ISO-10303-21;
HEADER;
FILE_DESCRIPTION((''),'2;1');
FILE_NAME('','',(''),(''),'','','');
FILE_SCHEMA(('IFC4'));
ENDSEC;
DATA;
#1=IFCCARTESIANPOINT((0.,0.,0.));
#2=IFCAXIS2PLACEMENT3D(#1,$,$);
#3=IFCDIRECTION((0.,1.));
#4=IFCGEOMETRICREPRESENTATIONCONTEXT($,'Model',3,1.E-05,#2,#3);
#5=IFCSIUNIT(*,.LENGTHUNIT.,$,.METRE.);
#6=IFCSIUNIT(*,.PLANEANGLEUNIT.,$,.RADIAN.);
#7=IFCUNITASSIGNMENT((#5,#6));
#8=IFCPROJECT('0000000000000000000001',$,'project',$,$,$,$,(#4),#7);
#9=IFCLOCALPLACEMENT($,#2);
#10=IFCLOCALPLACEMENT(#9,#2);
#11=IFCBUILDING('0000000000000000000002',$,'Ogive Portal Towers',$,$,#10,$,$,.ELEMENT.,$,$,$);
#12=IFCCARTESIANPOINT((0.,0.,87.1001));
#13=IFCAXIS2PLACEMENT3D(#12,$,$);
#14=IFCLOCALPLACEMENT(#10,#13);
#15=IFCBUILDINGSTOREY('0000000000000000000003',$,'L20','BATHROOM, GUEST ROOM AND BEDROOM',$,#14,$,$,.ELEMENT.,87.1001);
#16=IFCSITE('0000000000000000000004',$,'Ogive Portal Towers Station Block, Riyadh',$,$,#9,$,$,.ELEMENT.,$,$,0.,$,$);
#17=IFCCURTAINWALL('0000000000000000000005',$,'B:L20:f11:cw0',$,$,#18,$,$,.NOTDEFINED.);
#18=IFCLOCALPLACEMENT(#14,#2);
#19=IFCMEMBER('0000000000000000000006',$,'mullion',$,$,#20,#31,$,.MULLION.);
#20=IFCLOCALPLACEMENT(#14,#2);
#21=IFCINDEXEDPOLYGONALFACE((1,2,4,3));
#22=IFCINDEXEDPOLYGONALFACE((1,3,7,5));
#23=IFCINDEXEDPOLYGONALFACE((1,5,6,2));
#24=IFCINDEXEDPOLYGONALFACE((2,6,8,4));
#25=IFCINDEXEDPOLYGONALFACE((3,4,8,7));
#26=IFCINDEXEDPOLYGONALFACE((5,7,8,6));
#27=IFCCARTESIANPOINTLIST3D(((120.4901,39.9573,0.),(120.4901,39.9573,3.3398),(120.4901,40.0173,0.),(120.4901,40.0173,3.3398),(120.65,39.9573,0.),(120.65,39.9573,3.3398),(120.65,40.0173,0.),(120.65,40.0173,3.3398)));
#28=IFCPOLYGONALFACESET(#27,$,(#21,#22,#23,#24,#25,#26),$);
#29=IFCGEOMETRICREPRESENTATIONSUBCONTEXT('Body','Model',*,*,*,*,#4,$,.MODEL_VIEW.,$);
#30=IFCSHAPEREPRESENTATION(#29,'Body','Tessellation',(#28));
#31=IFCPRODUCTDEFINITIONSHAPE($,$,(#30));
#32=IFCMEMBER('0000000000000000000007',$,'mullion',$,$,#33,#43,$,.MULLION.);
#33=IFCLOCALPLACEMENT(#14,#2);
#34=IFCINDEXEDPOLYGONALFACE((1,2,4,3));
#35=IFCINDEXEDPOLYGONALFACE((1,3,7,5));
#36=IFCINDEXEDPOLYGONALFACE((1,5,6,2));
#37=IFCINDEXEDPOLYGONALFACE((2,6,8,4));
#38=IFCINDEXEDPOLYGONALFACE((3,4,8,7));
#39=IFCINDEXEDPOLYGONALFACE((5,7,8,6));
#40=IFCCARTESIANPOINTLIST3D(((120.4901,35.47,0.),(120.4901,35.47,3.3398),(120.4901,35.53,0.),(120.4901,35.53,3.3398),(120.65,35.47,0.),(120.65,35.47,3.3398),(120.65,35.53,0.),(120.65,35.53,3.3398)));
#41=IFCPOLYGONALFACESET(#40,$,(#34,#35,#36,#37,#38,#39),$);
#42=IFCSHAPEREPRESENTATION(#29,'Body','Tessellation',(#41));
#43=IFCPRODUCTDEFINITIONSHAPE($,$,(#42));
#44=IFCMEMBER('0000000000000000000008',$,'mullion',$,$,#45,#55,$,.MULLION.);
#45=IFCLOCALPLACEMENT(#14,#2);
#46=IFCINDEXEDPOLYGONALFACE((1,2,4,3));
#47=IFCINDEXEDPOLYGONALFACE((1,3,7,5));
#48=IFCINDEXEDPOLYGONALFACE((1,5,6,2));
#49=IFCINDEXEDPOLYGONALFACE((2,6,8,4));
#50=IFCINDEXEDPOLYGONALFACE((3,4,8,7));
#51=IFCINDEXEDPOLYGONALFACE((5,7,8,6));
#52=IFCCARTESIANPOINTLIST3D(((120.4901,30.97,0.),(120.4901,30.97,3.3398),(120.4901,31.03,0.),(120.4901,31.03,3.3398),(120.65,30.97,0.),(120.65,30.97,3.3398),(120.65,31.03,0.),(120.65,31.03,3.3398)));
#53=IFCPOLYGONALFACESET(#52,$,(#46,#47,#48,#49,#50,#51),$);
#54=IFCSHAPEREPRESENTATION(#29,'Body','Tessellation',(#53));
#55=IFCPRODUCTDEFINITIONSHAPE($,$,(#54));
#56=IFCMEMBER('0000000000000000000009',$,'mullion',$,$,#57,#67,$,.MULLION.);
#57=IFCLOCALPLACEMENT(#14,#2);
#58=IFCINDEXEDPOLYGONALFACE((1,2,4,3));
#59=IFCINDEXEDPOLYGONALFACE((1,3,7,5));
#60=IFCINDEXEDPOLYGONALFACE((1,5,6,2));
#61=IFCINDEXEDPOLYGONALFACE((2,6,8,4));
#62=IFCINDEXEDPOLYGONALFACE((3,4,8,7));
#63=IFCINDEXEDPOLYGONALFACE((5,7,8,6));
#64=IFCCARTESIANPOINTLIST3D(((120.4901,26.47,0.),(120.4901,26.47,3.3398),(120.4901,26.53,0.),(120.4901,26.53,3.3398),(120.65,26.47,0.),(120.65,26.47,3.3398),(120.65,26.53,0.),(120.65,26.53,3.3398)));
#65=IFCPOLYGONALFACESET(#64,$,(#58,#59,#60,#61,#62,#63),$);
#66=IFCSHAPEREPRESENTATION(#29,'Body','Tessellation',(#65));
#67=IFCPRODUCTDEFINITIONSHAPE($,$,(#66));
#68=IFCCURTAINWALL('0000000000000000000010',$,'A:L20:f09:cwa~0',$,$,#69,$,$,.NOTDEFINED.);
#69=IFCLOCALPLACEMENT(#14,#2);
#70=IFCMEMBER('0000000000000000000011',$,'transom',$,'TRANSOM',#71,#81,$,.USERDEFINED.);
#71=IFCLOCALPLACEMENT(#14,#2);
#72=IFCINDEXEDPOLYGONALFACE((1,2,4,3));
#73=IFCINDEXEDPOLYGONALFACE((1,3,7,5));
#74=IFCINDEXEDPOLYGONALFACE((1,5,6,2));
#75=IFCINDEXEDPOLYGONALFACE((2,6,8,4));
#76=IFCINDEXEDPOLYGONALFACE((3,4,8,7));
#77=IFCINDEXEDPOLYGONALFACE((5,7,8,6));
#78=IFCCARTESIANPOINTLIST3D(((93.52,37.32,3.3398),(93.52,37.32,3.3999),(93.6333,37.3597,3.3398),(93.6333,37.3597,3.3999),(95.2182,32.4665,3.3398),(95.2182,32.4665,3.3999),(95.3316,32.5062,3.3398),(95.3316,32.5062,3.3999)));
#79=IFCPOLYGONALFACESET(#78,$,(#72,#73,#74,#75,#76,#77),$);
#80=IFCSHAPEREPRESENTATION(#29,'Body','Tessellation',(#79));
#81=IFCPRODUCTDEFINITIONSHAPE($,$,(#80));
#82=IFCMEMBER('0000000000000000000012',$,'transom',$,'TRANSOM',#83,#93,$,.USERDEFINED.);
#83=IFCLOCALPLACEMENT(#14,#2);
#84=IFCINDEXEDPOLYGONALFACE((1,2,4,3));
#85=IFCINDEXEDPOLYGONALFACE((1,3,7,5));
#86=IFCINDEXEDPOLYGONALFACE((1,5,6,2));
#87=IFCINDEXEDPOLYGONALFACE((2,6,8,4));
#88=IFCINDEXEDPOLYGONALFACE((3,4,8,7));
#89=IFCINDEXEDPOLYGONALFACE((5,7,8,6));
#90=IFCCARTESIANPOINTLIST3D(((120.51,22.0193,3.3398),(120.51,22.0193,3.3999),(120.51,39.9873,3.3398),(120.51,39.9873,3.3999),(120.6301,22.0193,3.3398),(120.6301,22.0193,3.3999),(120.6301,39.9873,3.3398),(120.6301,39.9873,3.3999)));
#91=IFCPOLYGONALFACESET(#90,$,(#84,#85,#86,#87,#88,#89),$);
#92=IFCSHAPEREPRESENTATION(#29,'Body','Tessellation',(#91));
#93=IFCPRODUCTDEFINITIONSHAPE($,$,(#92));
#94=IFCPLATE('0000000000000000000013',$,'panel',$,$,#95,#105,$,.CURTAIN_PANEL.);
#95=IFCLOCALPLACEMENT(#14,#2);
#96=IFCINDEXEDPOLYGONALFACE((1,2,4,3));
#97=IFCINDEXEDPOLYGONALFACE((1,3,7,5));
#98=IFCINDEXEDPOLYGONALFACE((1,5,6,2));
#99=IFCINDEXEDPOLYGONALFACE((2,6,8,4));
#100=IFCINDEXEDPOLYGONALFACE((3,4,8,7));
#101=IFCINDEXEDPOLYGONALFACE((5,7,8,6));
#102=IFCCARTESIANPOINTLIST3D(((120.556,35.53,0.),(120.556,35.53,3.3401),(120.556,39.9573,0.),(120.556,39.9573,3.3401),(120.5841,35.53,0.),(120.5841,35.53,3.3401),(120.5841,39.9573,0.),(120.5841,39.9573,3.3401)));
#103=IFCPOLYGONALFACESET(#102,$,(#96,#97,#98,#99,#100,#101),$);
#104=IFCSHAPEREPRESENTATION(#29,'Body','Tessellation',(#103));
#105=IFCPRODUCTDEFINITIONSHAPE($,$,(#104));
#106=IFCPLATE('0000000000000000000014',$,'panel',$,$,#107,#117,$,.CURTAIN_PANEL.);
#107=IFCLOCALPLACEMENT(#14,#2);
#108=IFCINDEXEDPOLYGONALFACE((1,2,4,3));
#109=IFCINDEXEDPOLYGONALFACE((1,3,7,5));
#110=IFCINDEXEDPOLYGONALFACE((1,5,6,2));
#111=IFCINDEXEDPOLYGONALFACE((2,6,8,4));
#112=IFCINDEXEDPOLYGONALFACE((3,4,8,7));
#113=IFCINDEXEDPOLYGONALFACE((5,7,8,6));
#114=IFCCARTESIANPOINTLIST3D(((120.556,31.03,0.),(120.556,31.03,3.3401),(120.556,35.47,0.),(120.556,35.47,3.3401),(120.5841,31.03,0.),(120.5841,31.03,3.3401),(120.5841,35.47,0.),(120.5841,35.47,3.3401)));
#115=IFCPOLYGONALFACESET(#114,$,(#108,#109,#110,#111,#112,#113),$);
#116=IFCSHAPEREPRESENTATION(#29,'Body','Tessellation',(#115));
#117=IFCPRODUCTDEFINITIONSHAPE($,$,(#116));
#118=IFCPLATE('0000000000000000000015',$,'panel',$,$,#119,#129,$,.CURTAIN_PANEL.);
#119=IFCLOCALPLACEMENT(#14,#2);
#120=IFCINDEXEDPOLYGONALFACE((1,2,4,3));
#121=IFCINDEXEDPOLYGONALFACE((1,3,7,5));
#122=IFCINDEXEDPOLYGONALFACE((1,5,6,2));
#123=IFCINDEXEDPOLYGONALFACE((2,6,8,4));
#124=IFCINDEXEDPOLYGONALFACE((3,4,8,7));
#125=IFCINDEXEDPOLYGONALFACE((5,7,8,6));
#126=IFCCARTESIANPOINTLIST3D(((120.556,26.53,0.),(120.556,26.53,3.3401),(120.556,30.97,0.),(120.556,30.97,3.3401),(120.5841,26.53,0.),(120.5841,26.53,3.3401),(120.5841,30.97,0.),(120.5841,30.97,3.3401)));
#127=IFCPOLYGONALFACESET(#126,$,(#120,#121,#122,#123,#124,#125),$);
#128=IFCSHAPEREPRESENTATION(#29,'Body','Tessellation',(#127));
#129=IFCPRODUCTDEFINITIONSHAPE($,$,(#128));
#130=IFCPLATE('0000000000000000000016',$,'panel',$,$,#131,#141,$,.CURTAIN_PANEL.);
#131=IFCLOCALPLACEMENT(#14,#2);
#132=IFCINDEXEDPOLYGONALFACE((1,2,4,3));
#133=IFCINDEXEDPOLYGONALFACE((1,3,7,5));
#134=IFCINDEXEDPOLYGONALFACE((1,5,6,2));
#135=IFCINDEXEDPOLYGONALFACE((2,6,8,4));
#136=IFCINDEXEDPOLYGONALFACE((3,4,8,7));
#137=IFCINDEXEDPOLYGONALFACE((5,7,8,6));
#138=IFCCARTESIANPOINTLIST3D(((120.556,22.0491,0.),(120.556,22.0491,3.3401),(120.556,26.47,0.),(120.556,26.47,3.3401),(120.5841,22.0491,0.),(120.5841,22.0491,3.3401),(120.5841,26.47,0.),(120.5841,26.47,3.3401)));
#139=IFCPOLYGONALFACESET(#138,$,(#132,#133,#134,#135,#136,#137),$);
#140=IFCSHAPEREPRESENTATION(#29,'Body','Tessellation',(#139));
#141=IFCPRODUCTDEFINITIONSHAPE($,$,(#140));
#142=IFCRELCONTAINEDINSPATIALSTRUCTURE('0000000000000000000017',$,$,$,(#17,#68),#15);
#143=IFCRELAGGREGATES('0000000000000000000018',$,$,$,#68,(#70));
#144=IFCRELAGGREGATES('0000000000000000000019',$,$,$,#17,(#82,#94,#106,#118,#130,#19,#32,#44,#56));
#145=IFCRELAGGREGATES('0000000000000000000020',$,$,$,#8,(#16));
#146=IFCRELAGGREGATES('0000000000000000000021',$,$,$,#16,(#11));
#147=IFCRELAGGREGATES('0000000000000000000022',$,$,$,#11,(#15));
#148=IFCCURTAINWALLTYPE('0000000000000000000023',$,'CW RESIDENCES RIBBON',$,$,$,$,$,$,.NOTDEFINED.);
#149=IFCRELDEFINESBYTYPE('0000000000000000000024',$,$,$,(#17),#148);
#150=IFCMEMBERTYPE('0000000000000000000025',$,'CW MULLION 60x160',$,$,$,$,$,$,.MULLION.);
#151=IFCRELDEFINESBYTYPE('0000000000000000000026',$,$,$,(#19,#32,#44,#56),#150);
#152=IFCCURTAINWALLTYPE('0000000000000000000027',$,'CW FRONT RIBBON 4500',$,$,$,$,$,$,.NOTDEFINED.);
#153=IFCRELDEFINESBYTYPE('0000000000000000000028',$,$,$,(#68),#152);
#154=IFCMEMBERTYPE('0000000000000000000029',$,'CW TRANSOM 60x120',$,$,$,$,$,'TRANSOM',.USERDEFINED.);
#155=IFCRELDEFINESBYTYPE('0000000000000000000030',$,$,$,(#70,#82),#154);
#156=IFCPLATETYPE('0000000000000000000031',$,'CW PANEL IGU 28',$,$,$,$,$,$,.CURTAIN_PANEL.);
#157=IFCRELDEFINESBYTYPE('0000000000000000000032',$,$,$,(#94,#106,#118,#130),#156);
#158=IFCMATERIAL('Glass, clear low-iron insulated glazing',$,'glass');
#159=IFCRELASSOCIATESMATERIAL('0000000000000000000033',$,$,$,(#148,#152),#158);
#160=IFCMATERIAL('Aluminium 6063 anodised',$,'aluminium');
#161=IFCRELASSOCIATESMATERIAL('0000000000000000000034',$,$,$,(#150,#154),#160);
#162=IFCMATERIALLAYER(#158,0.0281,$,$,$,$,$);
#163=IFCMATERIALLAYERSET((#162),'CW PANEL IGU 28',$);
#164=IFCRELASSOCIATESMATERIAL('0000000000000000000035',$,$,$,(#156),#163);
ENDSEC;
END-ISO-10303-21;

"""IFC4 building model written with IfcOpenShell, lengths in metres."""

from ifc_helpers import new_model, si_unit, direction, frame, origin, origin_2d, place, context, subcontext, project, spatial, rectangle, extrude, material, layer, layer_set, material_profile, profile_set, type_object, element, aggregate, save


model = new_model("IFC4")

# Units and contexts
model_context = context("Model", 3, precision=1e-05, world=origin(), true_north=direction((0.0, 1.0)))
body_context = subcontext(model_context, "Body", "Model", "MODEL_VIEW")
ifc_project = project(units=[si_unit("LENGTHUNIT", "METRE"), si_unit("PLANEANGLEUNIT", "RADIAN")], contexts=[model_context])

# Site, building, storey
site_placement = place(None, origin())
site = spatial("IfcSite", under=ifc_project, at=site_placement, Name="Ogive Portal Towers Station Block, Riyadh", CompositionType="ELEMENT", RefElevation=0.0)
building_placement = place(site_placement, origin())
building = spatial("IfcBuilding", under=site, at=building_placement, Name="Ogive Portal Towers", CompositionType="ELEMENT")
storey_placement = place(building_placement, frame((0.0, 0.0, 87.1001)))
storey = spatial("IfcBuildingStorey", under=building, at=storey_placement, Name="L20", Description="BATHROOM, GUEST ROOM AND BEDROOM", CompositionType="ELEMENT", Elevation=87.1001)

# Curtain wall, members
ifc_material_1 = material(Name="Glass, clear low-iron insulated glazing", Category="glass")
curtain_wall_type_1 = type_object("IfcCurtainWallType", Name="CW RESIDENCES RIBBON", PredefinedType="NOTDEFINED", material=ifc_material_1)
curtain_wall_1_placement = place(storey_placement, origin())
curtain_wall_1 = element("IfcCurtainWall", 1, at=curtain_wall_1_placement, inside=storey, type_object=curtain_wall_type_1, Name="B:L20:f11:cw0", PredefinedType="NOTDEFINED")
ifc_material_2 = material(Name="Aluminium 6063 anodised", Category="aluminium")
ifc_material_profile_1 = material_profile(ifc_material_2, rectangle(XDim=0.1599, YDim=0.0601, at=origin_2d()), Name="AL 60x160")
ifc_profile_set_1 = profile_set([ifc_material_profile_1], Name="Aluminium 6063 anodised")
member_type_1 = type_object("IfcMemberType", Name="CW MULLION 60x160", PredefinedType="MULLION", material=ifc_profile_set_1)
member_1_placement = place(storey_placement, frame((120.5701, 39.9873, 0.0), z_axis=(0.0, 0.0, 1.0), x_axis=(1.0, 0.0, 0.0)))
member_1 = element("IfcMember", 2, at=member_1_placement, type_object=member_type_1, Name="mullion", PredefinedType="MULLION", context=body_context, shape_type="SweptSolid", body=[
    extrude(rectangle(XDim=0.1599, YDim=0.0601, at=origin_2d()), origin(), (0.0, 0.0, 1.0), 3.3398),
])
member_2_placement = place(storey_placement, frame((120.5701, 35.5, 0.0), z_axis=(0.0, 0.0, 1.0), x_axis=(1.0, 0.0, 0.0)))
member_2 = element("IfcMember", 3, at=member_2_placement, type_object=member_type_1, Name="mullion", PredefinedType="MULLION", context=body_context, shape_type="SweptSolid", body=[
    extrude(rectangle(XDim=0.1599, YDim=0.0601, at=origin_2d()), origin(), (0.0, 0.0, 1.0), 3.3398),
])
member_3_placement = place(storey_placement, frame((120.5701, 31.0, 0.0), z_axis=(0.0, 0.0, 1.0), x_axis=(1.0, 0.0, 0.0)))
member_3 = element("IfcMember", 4, at=member_3_placement, type_object=member_type_1, Name="mullion", PredefinedType="MULLION", context=body_context, shape_type="SweptSolid", body=[
    extrude(rectangle(XDim=0.1599, YDim=0.0601, at=origin_2d()), origin(), (0.0, 0.0, 1.0), 3.3398),
])
member_4_placement = place(storey_placement, frame((120.5701, 26.5, 0.0), z_axis=(0.0, 0.0, 1.0), x_axis=(1.0, 0.0, 0.0)))
member_4 = element("IfcMember", 5, at=member_4_placement, type_object=member_type_1, Name="mullion", PredefinedType="MULLION", context=body_context, shape_type="SweptSolid", body=[
    extrude(rectangle(XDim=0.1599, YDim=0.0601, at=origin_2d()), origin(), (0.0, 0.0, 1.0), 3.3398),
])

# Curtain wall, member
curtain_wall_type_2 = type_object("IfcCurtainWallType", Name="CW FRONT RIBBON 4500", PredefinedType="NOTDEFINED", material=ifc_material_1)
curtain_wall_2_placement = place(storey_placement, origin())
curtain_wall_2 = element("IfcCurtainWall", 6, at=curtain_wall_2_placement, inside=storey, type_object=curtain_wall_type_2, Name="A:L20:f09:cwa~0", PredefinedType="NOTDEFINED")
ifc_material_profile_2 = material_profile(ifc_material_2, rectangle(XDim=0.1201, YDim=0.0601, at=origin_2d()), Name="AL 120x60")
ifc_profile_set_2 = profile_set([ifc_material_profile_2], Name="Aluminium 6063 anodised")
member_type_2 = type_object("IfcMemberType", Name="CW TRANSOM 60x120", ElementType="TRANSOM", PredefinedType="USERDEFINED", material=ifc_profile_set_2)
member_5_placement = place(storey_placement, frame((95.2749, 32.4863, 3.3699), z_axis=(-0.330266, 0.943888, 0.0), x_axis=(-0.943888, -0.330266, 0.0)))
member_5 = element("IfcMember", 7, at=member_5_placement, type_object=member_type_2, Name="transom", ObjectType="TRANSOM", PredefinedType="USERDEFINED", context=body_context, shape_type="SweptSolid", body=[
    extrude(rectangle(XDim=0.1201, YDim=0.0601, at=origin_2d()), origin(), (0.0, 0.0, 1.0), 5.1421),
])
aggregate(curtain_wall_2, [member_5])

# Member
member_6_placement = place(storey_placement, frame((120.5701, 39.9873, 3.3699), z_axis=(0.0, -1.0, 0.0), x_axis=(1.0, 0.0, 0.0)))
member_6 = element("IfcMember", 8, at=member_6_placement, type_object=member_type_2, Name="transom", ObjectType="TRANSOM", PredefinedType="USERDEFINED", context=body_context, shape_type="SweptSolid", body=[
    extrude(rectangle(XDim=0.1201, YDim=0.0601, at=origin_2d()), origin(), (0.0, 0.0, 1.0), 17.968),
])

# Plates
ifc_layer_1 = layer(ifc_material_1, 0.0281)
ifc_layer_set_1 = layer_set([ifc_layer_1], Name="CW PANEL IGU 28")
plate_type = type_object("IfcPlateType", Name="CW PANEL IGU 28", PredefinedType="CURTAIN_PANEL", material=ifc_layer_set_1)
plate_1_placement = place(storey_placement, frame((120.5701, 37.7437, 0.0), z_axis=(0.0, 0.0, 1.0), x_axis=(0.0, -1.0, 0.0)))
plate_1 = element("IfcPlate", 9, at=plate_1_placement, type_object=plate_type, Name="panel", PredefinedType="CURTAIN_PANEL", context=body_context, shape_type="SweptSolid", body=[
    extrude(rectangle(XDim=4.4272, YDim=0.0281, at=origin_2d()), origin(), (0.0, 0.0, 1.0), 3.3401),
])
plate_2_placement = place(storey_placement, frame((120.5701, 33.25, 0.0), z_axis=(0.0, 0.0, 1.0), x_axis=(0.0, -1.0, 0.0)))
plate_2 = element("IfcPlate", 10, at=plate_2_placement, type_object=plate_type, Name="panel", PredefinedType="CURTAIN_PANEL", context=body_context, shape_type="SweptSolid", body=[
    extrude(rectangle(XDim=4.4399, YDim=0.0281, at=origin_2d()), origin(), (0.0, 0.0, 1.0), 3.3401),
])
plate_3_placement = place(storey_placement, frame((120.5701, 28.75, 0.0), z_axis=(0.0, 0.0, 1.0), x_axis=(0.0, -1.0, 0.0)))
plate_3 = element("IfcPlate", 11, at=plate_3_placement, type_object=plate_type, Name="panel", PredefinedType="CURTAIN_PANEL", context=body_context, shape_type="SweptSolid", body=[
    extrude(rectangle(XDim=4.4399, YDim=0.0281, at=origin_2d()), origin(), (0.0, 0.0, 1.0), 3.3401),
])
plate_4_placement = place(storey_placement, frame((120.5701, 24.2595, 0.0), z_axis=(0.0, 0.0, 1.0), x_axis=(0.0, -1.0, 0.0)))
plate_4 = element("IfcPlate", 12, at=plate_4_placement, type_object=plate_type, Name="panel", PredefinedType="CURTAIN_PANEL", context=body_context, shape_type="SweptSolid", body=[
    extrude(rectangle(XDim=4.4209, YDim=0.0281, at=origin_2d()), origin(), (0.0, 0.0, 1.0), 3.3401),
])
aggregate(curtain_wall_1, [member_6, plate_1, plate_2, plate_3, plate_4, member_1, member_2, member_3, member_4])

save(model, "model.ifc")
